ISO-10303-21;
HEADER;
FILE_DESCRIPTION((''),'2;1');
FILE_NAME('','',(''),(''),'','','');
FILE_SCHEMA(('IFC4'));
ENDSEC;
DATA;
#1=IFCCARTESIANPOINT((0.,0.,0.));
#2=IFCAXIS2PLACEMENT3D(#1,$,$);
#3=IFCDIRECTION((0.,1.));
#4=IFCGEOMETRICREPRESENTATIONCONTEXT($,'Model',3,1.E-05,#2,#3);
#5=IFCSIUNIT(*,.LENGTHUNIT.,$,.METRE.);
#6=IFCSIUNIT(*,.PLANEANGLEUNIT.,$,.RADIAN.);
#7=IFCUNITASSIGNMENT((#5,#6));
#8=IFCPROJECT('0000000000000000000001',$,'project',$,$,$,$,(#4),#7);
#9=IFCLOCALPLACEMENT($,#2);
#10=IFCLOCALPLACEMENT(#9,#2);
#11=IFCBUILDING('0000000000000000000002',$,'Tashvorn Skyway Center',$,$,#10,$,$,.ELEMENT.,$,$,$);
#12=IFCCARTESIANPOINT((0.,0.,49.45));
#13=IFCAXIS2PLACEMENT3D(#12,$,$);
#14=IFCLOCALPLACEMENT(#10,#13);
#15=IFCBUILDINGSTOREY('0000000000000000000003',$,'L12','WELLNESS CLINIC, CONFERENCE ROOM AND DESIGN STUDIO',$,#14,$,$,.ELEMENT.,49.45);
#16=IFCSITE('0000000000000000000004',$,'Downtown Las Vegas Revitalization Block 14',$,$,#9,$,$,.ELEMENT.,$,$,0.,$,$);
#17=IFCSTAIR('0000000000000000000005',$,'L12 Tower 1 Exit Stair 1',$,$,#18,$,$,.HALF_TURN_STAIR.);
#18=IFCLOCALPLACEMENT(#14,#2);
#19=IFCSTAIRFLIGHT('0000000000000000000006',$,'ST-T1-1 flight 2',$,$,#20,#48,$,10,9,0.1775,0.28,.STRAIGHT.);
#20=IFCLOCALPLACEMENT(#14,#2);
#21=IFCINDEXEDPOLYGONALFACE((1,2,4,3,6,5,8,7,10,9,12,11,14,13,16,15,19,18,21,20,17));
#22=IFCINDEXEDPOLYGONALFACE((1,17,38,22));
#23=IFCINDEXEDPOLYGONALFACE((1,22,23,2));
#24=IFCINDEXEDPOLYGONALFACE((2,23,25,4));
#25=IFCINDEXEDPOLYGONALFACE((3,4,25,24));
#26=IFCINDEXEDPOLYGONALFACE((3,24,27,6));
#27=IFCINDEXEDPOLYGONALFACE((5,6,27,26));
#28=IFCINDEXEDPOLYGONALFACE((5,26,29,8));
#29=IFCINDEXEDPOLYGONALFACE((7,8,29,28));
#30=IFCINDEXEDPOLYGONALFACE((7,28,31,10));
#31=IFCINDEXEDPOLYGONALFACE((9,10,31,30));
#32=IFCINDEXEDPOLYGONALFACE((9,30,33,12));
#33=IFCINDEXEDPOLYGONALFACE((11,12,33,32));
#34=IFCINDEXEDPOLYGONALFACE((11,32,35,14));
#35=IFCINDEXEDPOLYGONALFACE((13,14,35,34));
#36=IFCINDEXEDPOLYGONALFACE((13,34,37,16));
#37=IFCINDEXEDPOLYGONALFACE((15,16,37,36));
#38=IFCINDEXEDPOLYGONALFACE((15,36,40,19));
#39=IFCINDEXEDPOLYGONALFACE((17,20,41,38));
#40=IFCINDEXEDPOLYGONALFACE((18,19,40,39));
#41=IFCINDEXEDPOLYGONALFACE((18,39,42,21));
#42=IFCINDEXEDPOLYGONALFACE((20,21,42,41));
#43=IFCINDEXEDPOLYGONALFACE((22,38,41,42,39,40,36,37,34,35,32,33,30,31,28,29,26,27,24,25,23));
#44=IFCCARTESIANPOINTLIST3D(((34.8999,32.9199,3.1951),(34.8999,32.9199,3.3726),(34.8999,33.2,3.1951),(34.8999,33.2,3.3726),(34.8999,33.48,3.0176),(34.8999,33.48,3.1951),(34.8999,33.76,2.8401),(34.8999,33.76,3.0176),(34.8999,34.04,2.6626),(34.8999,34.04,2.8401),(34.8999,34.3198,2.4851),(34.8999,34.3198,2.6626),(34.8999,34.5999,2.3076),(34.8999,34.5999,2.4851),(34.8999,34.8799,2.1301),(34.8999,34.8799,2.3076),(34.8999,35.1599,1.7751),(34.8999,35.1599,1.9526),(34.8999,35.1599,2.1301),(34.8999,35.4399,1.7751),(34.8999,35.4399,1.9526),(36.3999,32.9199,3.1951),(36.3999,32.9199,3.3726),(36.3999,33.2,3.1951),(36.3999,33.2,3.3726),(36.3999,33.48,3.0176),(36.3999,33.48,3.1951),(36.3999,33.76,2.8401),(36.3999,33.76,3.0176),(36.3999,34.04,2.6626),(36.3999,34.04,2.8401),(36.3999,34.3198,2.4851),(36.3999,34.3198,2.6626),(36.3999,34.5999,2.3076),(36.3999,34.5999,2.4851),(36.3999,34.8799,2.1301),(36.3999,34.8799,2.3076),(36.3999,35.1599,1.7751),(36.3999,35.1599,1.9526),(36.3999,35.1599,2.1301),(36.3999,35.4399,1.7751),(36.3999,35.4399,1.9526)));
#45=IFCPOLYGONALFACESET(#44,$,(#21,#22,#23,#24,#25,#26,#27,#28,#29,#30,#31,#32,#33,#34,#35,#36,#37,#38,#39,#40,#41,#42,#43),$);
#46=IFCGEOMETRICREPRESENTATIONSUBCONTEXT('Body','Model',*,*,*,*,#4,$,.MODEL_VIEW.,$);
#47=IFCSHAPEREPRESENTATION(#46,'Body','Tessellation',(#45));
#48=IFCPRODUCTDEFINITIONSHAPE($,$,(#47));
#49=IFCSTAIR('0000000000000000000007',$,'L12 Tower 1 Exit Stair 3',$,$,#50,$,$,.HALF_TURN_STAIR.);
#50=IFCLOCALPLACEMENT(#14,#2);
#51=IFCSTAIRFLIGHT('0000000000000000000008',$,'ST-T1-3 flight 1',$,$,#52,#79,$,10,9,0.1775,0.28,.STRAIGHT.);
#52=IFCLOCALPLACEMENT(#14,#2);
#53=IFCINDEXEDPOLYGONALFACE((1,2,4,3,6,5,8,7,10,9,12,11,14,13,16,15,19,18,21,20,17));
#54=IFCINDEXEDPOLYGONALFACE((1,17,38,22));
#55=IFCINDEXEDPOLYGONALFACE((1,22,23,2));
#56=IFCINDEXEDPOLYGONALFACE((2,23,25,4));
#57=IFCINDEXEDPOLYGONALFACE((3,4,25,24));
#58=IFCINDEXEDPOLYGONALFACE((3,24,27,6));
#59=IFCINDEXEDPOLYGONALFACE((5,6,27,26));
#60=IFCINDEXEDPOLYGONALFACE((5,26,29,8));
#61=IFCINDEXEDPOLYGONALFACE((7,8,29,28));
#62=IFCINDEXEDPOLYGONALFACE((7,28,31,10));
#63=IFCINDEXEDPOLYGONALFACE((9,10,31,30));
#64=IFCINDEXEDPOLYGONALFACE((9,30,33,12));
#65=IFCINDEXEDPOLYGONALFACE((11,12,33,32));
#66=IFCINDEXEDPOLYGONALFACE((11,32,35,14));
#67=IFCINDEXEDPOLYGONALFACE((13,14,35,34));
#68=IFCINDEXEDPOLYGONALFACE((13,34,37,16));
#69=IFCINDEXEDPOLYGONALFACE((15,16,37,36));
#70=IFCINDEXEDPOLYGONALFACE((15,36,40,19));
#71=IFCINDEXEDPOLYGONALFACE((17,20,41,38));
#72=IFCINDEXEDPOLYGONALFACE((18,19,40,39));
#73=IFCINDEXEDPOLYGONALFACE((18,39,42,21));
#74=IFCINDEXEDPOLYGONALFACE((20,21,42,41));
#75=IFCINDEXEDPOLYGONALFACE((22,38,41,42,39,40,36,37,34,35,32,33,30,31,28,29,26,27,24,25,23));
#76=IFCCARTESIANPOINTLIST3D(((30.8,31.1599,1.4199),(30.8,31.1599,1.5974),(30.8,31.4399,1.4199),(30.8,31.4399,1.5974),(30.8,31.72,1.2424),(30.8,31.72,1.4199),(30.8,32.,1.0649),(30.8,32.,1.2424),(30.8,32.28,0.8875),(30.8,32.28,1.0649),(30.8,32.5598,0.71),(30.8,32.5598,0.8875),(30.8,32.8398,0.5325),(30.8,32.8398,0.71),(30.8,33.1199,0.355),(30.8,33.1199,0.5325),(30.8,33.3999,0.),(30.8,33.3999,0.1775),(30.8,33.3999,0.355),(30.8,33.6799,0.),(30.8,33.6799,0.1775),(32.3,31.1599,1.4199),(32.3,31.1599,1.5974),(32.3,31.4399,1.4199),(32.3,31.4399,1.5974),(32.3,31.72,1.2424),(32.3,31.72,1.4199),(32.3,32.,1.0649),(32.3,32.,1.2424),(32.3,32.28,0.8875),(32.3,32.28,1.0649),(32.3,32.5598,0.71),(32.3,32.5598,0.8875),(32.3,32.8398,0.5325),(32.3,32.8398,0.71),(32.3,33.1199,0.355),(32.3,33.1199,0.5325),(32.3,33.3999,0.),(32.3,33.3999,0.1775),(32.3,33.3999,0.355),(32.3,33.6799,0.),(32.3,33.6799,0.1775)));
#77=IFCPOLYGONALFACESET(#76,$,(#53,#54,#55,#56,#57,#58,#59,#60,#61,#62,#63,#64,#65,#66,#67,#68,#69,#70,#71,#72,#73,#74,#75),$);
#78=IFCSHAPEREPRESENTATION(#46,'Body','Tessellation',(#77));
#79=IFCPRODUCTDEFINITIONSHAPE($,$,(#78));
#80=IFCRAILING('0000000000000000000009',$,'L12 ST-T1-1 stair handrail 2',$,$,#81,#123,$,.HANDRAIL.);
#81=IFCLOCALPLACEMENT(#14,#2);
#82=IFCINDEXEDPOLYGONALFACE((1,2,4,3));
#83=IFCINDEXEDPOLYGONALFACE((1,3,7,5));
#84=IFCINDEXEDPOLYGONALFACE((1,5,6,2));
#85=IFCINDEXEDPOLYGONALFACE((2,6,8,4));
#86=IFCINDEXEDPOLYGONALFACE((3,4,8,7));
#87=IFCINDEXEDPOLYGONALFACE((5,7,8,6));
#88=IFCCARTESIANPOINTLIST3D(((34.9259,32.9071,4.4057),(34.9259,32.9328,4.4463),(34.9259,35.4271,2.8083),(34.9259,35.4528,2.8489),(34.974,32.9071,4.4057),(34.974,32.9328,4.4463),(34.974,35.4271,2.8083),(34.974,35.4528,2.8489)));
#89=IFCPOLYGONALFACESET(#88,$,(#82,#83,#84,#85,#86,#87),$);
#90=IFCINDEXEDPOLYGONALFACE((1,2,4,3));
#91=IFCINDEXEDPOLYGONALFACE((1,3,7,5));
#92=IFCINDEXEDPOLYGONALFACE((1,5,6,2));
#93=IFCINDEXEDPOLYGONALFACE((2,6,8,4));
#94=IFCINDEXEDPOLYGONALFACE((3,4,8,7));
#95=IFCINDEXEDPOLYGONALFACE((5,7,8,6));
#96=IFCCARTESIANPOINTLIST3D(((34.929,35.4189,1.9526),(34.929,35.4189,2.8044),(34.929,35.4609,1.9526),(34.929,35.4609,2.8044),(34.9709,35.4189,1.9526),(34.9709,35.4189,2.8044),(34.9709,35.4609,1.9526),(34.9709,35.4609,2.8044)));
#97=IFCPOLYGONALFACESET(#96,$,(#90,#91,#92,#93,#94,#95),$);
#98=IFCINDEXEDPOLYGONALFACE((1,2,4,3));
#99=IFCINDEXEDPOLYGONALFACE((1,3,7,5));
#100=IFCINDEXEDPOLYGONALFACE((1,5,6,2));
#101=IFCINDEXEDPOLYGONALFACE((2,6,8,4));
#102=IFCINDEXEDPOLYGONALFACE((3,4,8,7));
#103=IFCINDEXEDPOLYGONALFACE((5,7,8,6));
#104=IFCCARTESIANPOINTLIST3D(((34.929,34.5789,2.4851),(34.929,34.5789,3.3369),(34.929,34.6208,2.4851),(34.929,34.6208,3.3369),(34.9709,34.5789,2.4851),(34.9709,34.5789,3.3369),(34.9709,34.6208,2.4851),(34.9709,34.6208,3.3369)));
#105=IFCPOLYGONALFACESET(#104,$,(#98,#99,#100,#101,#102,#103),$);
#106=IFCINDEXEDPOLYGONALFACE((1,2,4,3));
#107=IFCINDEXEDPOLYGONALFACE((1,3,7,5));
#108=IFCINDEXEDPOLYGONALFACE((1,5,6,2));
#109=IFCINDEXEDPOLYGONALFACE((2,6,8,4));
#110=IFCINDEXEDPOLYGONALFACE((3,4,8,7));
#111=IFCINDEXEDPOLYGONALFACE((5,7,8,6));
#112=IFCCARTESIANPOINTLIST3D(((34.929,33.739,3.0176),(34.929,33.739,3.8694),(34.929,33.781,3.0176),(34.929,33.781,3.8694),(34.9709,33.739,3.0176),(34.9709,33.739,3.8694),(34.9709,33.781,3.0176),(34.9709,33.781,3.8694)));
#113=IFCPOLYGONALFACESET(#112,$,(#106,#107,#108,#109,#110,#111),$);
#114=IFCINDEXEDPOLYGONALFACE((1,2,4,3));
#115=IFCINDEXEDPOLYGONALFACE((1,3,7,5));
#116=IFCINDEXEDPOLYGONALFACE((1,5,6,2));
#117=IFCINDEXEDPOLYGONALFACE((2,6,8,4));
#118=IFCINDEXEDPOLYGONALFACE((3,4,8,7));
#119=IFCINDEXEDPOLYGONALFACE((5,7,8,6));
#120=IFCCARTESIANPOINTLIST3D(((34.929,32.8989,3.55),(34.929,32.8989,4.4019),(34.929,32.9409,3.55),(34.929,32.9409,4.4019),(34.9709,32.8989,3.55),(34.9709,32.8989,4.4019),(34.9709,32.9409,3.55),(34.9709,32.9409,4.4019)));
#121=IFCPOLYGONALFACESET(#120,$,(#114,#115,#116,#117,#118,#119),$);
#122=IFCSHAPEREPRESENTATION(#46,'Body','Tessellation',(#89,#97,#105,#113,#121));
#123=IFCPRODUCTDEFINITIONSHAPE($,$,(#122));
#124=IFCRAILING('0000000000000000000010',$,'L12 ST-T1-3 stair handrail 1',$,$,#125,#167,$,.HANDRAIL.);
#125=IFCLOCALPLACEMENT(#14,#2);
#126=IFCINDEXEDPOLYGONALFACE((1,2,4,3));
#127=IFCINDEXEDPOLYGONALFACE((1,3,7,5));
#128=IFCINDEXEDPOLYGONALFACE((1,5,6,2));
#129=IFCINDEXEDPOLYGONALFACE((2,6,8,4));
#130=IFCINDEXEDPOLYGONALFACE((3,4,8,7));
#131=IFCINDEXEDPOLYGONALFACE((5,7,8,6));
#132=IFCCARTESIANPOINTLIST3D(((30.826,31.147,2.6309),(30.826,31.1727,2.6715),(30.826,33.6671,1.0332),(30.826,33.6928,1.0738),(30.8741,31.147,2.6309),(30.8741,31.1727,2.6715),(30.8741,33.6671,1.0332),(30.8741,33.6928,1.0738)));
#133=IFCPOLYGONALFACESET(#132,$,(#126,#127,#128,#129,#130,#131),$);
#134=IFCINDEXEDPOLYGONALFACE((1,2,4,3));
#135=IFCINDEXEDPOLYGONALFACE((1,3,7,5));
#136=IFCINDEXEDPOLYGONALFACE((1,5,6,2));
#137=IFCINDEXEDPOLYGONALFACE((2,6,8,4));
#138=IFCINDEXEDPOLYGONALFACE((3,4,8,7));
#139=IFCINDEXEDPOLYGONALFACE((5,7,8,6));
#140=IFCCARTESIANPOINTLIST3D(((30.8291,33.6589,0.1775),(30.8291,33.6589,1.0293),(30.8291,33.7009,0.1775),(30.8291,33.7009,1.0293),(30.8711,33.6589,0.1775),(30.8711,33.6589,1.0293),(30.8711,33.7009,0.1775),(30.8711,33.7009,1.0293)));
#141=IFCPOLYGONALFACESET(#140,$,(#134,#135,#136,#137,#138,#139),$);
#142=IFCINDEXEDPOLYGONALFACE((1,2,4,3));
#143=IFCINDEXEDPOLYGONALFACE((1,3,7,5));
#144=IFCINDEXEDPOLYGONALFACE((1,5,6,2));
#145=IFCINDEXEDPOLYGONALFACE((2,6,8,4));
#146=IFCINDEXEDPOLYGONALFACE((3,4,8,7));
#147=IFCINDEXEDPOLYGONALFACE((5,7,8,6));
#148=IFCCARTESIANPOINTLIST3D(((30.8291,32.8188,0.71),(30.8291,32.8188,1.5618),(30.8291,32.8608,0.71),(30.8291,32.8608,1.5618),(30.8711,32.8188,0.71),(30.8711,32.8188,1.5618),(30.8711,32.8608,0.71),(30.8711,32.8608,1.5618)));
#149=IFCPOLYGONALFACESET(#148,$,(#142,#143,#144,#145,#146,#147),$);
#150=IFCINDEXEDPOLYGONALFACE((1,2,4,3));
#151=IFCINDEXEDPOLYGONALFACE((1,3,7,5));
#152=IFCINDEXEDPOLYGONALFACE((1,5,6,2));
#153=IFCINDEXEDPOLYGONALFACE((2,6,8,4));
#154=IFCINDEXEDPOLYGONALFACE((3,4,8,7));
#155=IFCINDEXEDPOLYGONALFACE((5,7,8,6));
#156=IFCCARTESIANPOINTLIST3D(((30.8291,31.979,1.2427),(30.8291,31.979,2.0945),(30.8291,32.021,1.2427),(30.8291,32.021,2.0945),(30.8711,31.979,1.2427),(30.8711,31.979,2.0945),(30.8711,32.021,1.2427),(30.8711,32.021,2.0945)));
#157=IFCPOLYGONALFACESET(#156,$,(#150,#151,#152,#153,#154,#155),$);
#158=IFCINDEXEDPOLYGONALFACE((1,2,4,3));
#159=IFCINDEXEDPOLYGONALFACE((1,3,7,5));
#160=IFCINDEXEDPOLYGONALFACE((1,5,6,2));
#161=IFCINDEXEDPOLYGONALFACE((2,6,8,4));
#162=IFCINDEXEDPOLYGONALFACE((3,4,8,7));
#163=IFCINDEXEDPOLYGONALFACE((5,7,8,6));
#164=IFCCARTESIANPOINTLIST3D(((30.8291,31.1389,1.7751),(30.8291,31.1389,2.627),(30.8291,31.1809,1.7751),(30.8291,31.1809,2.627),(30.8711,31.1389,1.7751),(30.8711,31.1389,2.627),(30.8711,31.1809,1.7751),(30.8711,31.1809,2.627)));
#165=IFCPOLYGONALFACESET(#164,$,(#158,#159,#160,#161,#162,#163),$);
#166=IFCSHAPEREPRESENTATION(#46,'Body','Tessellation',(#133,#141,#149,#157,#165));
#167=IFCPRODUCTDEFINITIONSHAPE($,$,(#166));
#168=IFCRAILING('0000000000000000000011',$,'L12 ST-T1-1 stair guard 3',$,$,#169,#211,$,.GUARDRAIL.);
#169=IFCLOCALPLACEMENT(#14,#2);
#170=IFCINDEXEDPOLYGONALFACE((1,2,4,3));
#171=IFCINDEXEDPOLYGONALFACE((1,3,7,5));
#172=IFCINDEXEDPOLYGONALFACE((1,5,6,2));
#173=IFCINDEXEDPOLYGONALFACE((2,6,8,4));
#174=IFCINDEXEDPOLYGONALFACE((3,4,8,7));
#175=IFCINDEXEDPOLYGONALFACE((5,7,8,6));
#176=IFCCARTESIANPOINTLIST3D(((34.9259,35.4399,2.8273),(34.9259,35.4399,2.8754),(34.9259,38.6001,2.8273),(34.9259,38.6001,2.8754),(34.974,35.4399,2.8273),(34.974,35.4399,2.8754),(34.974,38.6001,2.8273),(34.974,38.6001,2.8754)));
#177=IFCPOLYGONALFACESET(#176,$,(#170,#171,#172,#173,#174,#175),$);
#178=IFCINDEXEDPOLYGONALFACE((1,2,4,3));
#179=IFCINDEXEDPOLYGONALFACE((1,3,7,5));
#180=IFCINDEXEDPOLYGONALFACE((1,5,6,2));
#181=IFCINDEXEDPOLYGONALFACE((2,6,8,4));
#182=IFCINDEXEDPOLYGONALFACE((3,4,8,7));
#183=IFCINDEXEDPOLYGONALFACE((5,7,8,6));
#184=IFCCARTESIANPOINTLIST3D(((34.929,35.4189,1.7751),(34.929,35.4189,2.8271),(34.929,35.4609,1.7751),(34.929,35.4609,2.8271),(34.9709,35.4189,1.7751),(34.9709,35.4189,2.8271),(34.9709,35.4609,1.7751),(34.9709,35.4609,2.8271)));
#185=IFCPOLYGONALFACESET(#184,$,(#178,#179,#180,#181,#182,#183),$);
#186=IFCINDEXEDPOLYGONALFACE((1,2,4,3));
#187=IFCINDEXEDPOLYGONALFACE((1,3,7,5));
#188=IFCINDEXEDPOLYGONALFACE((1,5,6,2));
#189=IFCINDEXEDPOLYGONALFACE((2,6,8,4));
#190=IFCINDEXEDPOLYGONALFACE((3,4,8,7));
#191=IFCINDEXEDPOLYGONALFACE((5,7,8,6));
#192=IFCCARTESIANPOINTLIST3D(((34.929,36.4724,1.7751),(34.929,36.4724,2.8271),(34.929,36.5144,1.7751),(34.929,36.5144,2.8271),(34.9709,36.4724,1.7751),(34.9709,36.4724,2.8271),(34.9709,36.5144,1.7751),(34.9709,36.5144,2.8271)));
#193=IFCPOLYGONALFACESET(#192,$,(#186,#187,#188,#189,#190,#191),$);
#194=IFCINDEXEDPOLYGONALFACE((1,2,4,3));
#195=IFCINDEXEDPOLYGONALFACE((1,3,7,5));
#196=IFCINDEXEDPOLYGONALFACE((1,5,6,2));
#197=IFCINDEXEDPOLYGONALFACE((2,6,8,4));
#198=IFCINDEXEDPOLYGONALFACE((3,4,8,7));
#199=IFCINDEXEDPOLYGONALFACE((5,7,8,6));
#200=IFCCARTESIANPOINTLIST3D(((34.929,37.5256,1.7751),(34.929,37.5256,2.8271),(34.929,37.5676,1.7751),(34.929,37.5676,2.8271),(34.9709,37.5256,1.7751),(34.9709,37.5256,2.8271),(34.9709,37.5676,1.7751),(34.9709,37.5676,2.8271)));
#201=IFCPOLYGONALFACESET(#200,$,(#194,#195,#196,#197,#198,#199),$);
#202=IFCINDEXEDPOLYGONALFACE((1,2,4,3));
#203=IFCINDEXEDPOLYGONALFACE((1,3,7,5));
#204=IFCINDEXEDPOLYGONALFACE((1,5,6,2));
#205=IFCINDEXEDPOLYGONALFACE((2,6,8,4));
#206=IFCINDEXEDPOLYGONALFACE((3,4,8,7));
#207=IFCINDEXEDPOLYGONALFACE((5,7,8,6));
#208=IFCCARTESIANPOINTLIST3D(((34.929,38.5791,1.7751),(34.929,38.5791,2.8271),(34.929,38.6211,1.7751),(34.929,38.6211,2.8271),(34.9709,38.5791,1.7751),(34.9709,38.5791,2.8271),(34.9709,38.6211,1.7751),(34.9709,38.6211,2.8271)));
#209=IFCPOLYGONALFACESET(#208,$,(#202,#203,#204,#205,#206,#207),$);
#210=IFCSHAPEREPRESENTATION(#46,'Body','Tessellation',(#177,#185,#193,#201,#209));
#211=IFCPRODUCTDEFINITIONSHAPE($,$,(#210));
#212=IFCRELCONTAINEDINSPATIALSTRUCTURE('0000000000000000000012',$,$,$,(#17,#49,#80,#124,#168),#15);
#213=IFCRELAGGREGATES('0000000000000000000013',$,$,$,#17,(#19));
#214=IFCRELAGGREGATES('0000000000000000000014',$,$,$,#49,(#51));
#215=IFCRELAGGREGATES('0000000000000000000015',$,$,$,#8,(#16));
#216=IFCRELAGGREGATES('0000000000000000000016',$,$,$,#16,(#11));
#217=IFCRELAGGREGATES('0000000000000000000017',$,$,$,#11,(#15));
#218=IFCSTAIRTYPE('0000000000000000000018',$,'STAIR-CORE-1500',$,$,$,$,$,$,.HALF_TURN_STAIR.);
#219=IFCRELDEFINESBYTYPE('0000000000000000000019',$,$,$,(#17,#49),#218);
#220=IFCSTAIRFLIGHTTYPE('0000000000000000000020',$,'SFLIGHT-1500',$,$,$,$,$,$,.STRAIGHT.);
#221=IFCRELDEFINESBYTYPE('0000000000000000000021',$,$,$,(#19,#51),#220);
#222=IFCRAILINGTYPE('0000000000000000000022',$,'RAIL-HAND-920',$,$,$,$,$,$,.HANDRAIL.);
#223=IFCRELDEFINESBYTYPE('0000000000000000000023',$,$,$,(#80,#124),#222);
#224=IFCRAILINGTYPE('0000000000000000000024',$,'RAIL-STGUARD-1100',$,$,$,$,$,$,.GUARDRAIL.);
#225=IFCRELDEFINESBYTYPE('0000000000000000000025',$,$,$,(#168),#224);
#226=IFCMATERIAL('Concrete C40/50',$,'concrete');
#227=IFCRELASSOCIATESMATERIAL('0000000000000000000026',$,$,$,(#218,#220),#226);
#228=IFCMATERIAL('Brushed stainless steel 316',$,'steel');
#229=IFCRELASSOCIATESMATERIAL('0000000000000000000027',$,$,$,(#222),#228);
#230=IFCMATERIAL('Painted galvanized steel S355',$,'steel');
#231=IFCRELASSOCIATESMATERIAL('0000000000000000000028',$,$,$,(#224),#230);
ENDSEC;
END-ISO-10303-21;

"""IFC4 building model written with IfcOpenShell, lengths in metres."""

from ifc_helpers import new_model, si_unit, direction, frame, origin, origin_2d, place, context, subcontext, project, spatial, polyline, rectangle, outline, extrude, material, type_object, element, aggregate, save


model = new_model("IFC4")

# Units and contexts
model_context = context("Model", 3, precision=1e-05, world=origin(), true_north=direction((0.0, 1.0)))
body_context = subcontext(model_context, "Body", "Model", "MODEL_VIEW")
ifc_project = project(units=[si_unit("LENGTHUNIT", "METRE"), si_unit("PLANEANGLEUNIT", "RADIAN")], contexts=[model_context])

# Site, building, storey
site_placement = place(None, origin())
site = spatial("IfcSite", under=ifc_project, at=site_placement, Name="Downtown Las Vegas Revitalization Block 14", CompositionType="ELEMENT", RefElevation=0.0)
building_placement = place(site_placement, origin())
building = spatial("IfcBuilding", under=site, at=building_placement, Name="Tashvorn Skyway Center", CompositionType="ELEMENT")
storey_placement = place(building_placement, frame((0.0, 0.0, 49.45)))
storey = spatial("IfcBuildingStorey", under=building, at=storey_placement, Name="L12", Description="WELLNESS CLINIC, CONFERENCE ROOM AND DESIGN STUDIO", CompositionType="ELEMENT", Elevation=49.45)

# Shared definitions
ifc_material_1 = material(Name="Concrete C40/50", Category="concrete")

# Stairs, stair flights
stair_type = type_object("IfcStairType", Name="STAIR-CORE-1500", PredefinedType="HALF_TURN_STAIR", material=ifc_material_1)
stair_1_placement = place(storey_placement, origin())
stair_1 = element("IfcStair", 1, at=stair_1_placement, inside=storey, type_object=stair_type, Name="L12 Tower 1 Exit Stair 1", PredefinedType="HALF_TURN_STAIR")
stair_flight_type = type_object("IfcStairFlightType", Name="SFLIGHT-1500", PredefinedType="STRAIGHT", material=ifc_material_1)
stair_flight_1_placement = place(storey_placement, frame((35.6499, 35.4399, 1.7751), z_axis=(0.0, 0.0, 1.0), x_axis=(0.0, -1.0, 0.0)))
stair_flight_1 = element("IfcStairFlight", 2, at=stair_flight_1_placement, type_object=stair_flight_type, Name="ST-T1-1 flight 2", NumberOfRisers=10, NumberOfTreads=9, PredefinedType="STRAIGHT", RiserHeight=0.1775, TreadLength=0.28, context=body_context, shape_type="SweptSolid", body=[
    extrude(outline(polyline([(0.0, 0.0), (0.0, 0.1775), (0.28, 0.1775), (0.28, 0.355), (0.5601, 0.355), (0.5601, 0.5325), (0.8401, 0.5325), (0.8401, 0.71), (1.1201, 0.71), (1.1201, 0.8875), (1.3999, 0.8875), (1.3999, 1.0649), (1.6799, 1.0649), (1.6799, 1.2424), (1.96, 1.2424), (1.96, 1.4199), (2.24, 1.4199), (2.24, 1.5974), (2.52, 1.5974), (2.52, 1.7749), (2.52, 1.4199), (0.28, 0.0), (0.0, 0.0)])), frame((0.0, 0.75, 0.0), z_axis=(0.0, -1.0, 0.0), x_axis=(1.0, 0.0, 0.0)), (0.0, 0.0, 1.0), 1.5),
])
aggregate(stair_1, [stair_flight_1])
stair_2_placement = place(storey_placement, origin())
stair_2 = element("IfcStair", 3, at=stair_2_placement, inside=storey, type_object=stair_type, Name="L12 Tower 1 Exit Stair 3", PredefinedType="HALF_TURN_STAIR")
stair_flight_2_placement = place(storey_placement, frame((31.55, 33.6799, 0.0), z_axis=(0.0, 0.0, 1.0), x_axis=(0.0, -1.0, 0.0)))
stair_flight_2 = element("IfcStairFlight", 4, at=stair_flight_2_placement, type_object=stair_flight_type, Name="ST-T1-3 flight 1", NumberOfRisers=10, NumberOfTreads=9, PredefinedType="STRAIGHT", RiserHeight=0.1775, TreadLength=0.28, context=body_context, shape_type="SweptSolid", body=[
    extrude(outline(polyline([(0.0, 0.0), (0.0, 0.1775), (0.28, 0.1775), (0.28, 0.355), (0.5601, 0.355), (0.5601, 0.5325), (0.8401, 0.5325), (0.8401, 0.71), (1.1201, 0.71), (1.1201, 0.8875), (1.3999, 0.8875), (1.3999, 1.0649), (1.6799, 1.0649), (1.6799, 1.2424), (1.96, 1.2424), (1.96, 1.4199), (2.24, 1.4199), (2.24, 1.5974), (2.52, 1.5974), (2.52, 1.7749), (2.52, 1.4199), (0.28, 0.0), (0.0, 0.0)])), frame((0.0, 0.75, 0.0), z_axis=(0.0, -1.0, 0.0), x_axis=(1.0, 0.0, 0.0)), (0.0, 0.0, 1.0), 1.5),
])
aggregate(stair_2, [stair_flight_2])

# Railings
ifc_material_2 = material(Name="Brushed stainless steel 316", Category="steel")
railing_type_1 = type_object("IfcRailingType", Name="RAIL-HAND-920", PredefinedType="HANDRAIL", material=ifc_material_2)
railing_1_placement = place(storey_placement, frame((34.95, 35.4399, 1.9526)))
element("IfcRailing", 5, at=railing_1_placement, inside=storey, type_object=railing_type_1, Name="L12 ST-T1-1 stair handrail 2", PredefinedType="HANDRAIL", context=body_context, shape_type="SweptSolid", body=[
    extrude(rectangle(XDim=0.0481, YDim=0.0481, at=origin_2d()), frame((0.0, 0.0, 0.876), z_axis=(0.0, -0.844607, 0.535387), x_axis=(1.0, 0.0, 0.0)), (0.0, 0.0, 1.0), 2.9836),
    extrude(rectangle(XDim=0.042, YDim=0.042, at=origin_2d()), origin(), (0.0, 0.0, 1.0), 0.8518),
    extrude(rectangle(XDim=0.042, YDim=0.042, at=origin_2d()), frame((0.0, -0.8401, 0.5325)), (0.0, 0.0, 1.0), 0.8518),
    extrude(rectangle(XDim=0.042, YDim=0.042, at=origin_2d()), frame((0.0, -1.6799, 1.0649)), (0.0, 0.0, 1.0), 0.8518),
    extrude(rectangle(XDim=0.042, YDim=0.042, at=origin_2d()), frame((0.0, -2.52, 1.5974)), (0.0, 0.0, 1.0), 0.8518),
])
railing_2_placement = place(storey_placement, frame((30.8501, 33.6799, 0.1775)))
element("IfcRailing", 6, at=railing_2_placement, inside=storey, type_object=railing_type_1, Name="L12 ST-T1-3 stair handrail 1", PredefinedType="HANDRAIL", context=body_context, shape_type="SweptSolid", body=[
    extrude(rectangle(XDim=0.0481, YDim=0.0481, at=origin_2d()), frame((0.0, 0.0, 0.876), z_axis=(0.0, -0.84457, 0.535445), x_axis=(1.0, 0.0, 0.0)), (0.0, 0.0, 1.0), 2.9839),
    extrude(rectangle(XDim=0.042, YDim=0.042, at=origin_2d()), origin(), (0.0, 0.0, 1.0), 0.8518),
    extrude(rectangle(XDim=0.042, YDim=0.042, at=origin_2d()), frame((0.0, -0.8401, 0.5325)), (0.0, 0.0, 1.0), 0.8518),
    extrude(rectangle(XDim=0.042, YDim=0.042, at=origin_2d()), frame((0.0, -1.6799, 1.0652)), (0.0, 0.0, 1.0), 0.8518),
    extrude(rectangle(XDim=0.042, YDim=0.042, at=origin_2d()), frame((0.0, -2.52, 1.5977)), (0.0, 0.0, 1.0), 0.8518),
])
ifc_material_3 = material(Name="Painted galvanized steel S355", Category="steel")
railing_type_2 = type_object("IfcRailingType", Name="RAIL-STGUARD-1100", PredefinedType="GUARDRAIL", material=ifc_material_3)
railing_3_placement = place(storey_placement, frame((34.95, 35.4399, 1.7751)))
element("IfcRailing", 7, at=railing_3_placement, inside=storey, type_object=railing_type_2, Name="L12 ST-T1-1 stair guard 3", PredefinedType="GUARDRAIL", context=body_context, shape_type="SweptSolid", body=[
    extrude(rectangle(XDim=0.0481, YDim=0.0481, at=origin_2d()), frame((0.0, 0.0, 1.0762), z_axis=(0.0, 1.0, 0.0), x_axis=(-1.0, 0.0, 0.0)), (0.0, 0.0, 1.0), 3.1602),
    extrude(rectangle(XDim=0.042, YDim=0.042, at=origin_2d()), origin(), (0.0, 0.0, 1.0), 1.052),
    extrude(rectangle(XDim=0.042, YDim=0.042, at=origin_2d()), frame((0.0, 1.0535, 0.0)), (0.0, 0.0, 1.0), 1.052),
    extrude(rectangle(XDim=0.042, YDim=0.042, at=origin_2d()), frame((0.0, 2.1067, 0.0)), (0.0, 0.0, 1.0), 1.052),
    extrude(rectangle(XDim=0.042, YDim=0.042, at=origin_2d()), frame((0.0, 3.1602, 0.0)), (0.0, 0.0, 1.0), 1.052),
])

save(model, "model.ifc")
